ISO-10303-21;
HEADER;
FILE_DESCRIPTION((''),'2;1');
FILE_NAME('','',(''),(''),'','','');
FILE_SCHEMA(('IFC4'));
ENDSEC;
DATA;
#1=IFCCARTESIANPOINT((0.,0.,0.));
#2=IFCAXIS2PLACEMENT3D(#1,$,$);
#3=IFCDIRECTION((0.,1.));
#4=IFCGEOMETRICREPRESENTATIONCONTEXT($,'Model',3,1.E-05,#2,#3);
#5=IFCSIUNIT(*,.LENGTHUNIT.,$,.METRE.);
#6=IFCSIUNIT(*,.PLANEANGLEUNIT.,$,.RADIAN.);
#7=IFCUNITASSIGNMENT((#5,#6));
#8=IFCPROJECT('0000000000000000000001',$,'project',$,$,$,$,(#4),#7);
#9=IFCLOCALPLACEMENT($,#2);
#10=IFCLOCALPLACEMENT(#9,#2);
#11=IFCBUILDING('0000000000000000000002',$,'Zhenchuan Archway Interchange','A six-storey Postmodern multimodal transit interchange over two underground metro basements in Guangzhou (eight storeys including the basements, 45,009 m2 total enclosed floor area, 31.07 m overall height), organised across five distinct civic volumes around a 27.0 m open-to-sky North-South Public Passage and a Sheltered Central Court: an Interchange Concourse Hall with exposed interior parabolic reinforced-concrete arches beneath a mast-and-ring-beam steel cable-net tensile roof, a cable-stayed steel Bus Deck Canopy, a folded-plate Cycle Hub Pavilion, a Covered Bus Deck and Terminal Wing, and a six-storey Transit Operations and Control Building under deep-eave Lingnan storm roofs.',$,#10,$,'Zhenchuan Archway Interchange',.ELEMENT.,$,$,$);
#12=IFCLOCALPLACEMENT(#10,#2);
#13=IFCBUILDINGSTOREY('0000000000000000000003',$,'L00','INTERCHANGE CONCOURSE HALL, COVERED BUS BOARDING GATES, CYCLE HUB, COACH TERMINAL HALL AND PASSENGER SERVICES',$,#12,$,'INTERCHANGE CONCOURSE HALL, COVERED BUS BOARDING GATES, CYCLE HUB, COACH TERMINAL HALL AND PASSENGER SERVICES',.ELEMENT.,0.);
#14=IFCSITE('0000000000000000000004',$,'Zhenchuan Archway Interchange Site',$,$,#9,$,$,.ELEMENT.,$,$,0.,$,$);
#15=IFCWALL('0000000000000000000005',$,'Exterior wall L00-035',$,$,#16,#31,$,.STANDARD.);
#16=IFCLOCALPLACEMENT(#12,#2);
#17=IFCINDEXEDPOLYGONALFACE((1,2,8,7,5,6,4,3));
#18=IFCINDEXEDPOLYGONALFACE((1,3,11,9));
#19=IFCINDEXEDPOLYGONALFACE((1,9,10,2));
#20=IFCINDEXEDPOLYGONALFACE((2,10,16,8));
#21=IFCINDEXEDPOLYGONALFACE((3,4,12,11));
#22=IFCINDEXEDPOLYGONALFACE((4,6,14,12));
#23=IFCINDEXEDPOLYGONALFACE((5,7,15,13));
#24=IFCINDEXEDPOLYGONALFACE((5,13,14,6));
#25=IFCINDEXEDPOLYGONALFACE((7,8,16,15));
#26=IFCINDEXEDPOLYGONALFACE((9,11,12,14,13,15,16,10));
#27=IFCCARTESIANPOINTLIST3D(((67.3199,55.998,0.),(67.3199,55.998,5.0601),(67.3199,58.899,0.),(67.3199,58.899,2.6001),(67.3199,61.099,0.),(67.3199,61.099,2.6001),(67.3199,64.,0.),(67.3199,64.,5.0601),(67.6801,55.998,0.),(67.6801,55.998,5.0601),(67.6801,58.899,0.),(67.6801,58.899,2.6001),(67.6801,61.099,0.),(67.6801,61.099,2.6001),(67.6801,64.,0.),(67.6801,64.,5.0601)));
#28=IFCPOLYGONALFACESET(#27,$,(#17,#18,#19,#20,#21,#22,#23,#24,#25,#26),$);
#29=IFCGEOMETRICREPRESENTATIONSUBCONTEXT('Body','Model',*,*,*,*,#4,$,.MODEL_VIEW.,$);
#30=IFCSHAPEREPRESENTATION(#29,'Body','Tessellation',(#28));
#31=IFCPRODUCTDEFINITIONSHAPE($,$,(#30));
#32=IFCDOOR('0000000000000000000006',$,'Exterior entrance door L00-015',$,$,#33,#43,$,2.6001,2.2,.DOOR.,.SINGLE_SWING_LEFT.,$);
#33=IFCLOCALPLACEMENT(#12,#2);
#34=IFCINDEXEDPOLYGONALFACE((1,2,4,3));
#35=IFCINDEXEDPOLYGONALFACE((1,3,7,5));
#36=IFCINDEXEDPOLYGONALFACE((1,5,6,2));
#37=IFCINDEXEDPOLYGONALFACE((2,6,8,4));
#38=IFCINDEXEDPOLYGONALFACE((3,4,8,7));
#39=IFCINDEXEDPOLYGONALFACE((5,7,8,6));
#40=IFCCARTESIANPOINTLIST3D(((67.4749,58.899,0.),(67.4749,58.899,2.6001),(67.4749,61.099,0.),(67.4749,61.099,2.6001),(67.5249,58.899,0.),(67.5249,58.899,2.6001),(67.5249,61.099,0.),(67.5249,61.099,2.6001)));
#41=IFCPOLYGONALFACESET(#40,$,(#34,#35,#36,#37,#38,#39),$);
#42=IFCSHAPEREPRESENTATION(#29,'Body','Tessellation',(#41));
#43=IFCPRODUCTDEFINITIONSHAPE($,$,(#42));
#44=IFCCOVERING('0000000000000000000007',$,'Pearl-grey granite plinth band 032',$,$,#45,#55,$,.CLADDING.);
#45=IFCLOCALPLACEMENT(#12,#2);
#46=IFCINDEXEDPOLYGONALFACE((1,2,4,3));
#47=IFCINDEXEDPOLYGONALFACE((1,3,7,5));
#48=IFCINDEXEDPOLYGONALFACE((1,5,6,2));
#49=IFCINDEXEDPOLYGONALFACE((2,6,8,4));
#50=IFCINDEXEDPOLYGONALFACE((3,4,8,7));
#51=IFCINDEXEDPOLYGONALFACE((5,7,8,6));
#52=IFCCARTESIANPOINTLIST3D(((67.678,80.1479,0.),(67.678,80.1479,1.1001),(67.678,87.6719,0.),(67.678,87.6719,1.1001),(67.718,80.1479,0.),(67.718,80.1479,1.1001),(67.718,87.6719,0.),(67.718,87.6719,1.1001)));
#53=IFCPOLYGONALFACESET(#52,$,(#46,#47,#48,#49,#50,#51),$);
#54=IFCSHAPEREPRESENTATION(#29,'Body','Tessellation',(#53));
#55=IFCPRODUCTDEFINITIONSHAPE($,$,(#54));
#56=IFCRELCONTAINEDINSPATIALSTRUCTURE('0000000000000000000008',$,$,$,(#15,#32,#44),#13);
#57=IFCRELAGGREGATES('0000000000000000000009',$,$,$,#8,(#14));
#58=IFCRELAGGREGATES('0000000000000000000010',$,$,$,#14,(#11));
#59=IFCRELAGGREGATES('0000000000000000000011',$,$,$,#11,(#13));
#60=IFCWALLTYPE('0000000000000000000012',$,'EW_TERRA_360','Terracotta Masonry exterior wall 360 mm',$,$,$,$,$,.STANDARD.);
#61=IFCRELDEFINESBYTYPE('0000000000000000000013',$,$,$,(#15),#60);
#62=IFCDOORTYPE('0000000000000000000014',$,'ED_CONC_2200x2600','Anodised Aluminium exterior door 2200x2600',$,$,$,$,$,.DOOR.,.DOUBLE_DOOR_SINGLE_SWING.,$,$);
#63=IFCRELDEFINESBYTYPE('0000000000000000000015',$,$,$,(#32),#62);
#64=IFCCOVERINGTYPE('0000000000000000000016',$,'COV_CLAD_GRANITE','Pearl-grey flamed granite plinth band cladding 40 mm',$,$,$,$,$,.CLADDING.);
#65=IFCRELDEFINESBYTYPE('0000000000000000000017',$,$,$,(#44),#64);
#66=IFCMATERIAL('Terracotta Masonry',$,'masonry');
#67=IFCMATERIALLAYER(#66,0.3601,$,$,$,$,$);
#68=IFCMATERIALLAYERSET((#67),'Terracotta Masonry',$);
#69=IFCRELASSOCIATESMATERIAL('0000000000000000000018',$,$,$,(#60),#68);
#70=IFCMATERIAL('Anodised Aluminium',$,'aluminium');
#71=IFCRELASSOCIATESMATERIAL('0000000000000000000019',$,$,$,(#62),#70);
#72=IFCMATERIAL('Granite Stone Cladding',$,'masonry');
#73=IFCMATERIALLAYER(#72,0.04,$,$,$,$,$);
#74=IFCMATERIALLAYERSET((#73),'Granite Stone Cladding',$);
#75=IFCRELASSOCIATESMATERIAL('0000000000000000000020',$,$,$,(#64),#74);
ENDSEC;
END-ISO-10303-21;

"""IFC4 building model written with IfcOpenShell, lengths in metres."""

from ifc_helpers import new_model, si_unit, direction, frame, frame_2d, origin, origin_2d, place, context, subcontext, project, spatial, rectangle, extrude, material, layer, layer_set, type_object, element, fill, save


model = new_model("IFC4")

# Units and contexts
model_context = context("Model", 3, precision=1e-05, world=origin(), true_north=direction((0.0, 1.0)))
body_context = subcontext(model_context, "Body", "Model", "MODEL_VIEW")
ifc_project = project(units=[si_unit("LENGTHUNIT", "METRE"), si_unit("PLANEANGLEUNIT", "RADIAN")], contexts=[model_context])

# Site, building, storey
site_placement = place(None, origin())
site = spatial("IfcSite", under=ifc_project, at=site_placement, Name="Zhenchuan Archway Interchange Site", CompositionType="ELEMENT", RefElevation=0.0)
building_placement = place(site_placement, origin())
building = spatial("IfcBuilding", under=site, at=building_placement, Name="Zhenchuan Archway Interchange", Description="A six-storey Postmodern multimodal transit interchange over two underground metro basements in Guangzhou (eight storeys including the basements, 45,009 m2 total enclosed floor area, 31.07 m overall height), organised across five distinct civic volumes around a 27.0 m open-to-sky North-South Public Passage and a Sheltered Central Court: an Interchange Concourse Hall with exposed interior parabolic reinforced-concrete arches beneath a mast-and-ring-beam steel cable-net tensile roof, a cable-stayed steel Bus Deck Canopy, a folded-plate Cycle Hub Pavilion, a Covered Bus Deck and Terminal Wing, and a six-storey Transit Operations and Control Building under deep-eave Lingnan storm roofs.", LongName="Zhenchuan Archway Interchange", CompositionType="ELEMENT")
storey_placement = place(building_placement, origin())
storey = spatial("IfcBuildingStorey", under=building, at=storey_placement, Name="L00", Description="INTERCHANGE CONCOURSE HALL, COVERED BUS BOARDING GATES, CYCLE HUB, COACH TERMINAL HALL AND PASSENGER SERVICES", LongName="INTERCHANGE CONCOURSE HALL, COVERED BUS BOARDING GATES, CYCLE HUB, COACH TERMINAL HALL AND PASSENGER SERVICES", CompositionType="ELEMENT", Elevation=0.0)

# Shared definitions
ifc_material_1 = material(Name="Terracotta Masonry", Category="masonry")
ifc_layer_1 = layer(ifc_material_1, 0.3601)
ifc_layer_set_1 = layer_set([ifc_layer_1], Name="Terracotta Masonry")
wall_type = type_object("IfcWallType", Name="EW_TERRA_360", Description="Terracotta Masonry exterior wall 360 mm", PredefinedType="STANDARD", material=ifc_layer_set_1)

# Wall, opening, door
ifc_material_2 = material(Name="Anodised Aluminium", Category="aluminium")
door_type = type_object("IfcDoorType", Name="ED_CONC_2200x2600", Description="Anodised Aluminium exterior door 2200x2600", OperationType="DOUBLE_DOOR_SINGLE_SWING", PredefinedType="DOOR", material=ifc_material_2)
wall_1_placement = place(storey_placement, frame((67.5, 64.0, 0.0), z_axis=(0.0, 0.0, 1.0), x_axis=(0.0, -1.0, 0.0)))
wall_1 = element("IfcWall", 1, at=wall_1_placement, inside=storey, type_object=wall_type, Name="Exterior wall L00-035", PredefinedType="STANDARD", context=body_context, shape_type="SweptSolid", body=[
    extrude(rectangle(XDim=8.002, YDim=0.3601, at=frame_2d((4.001, 0.0))), origin(), (0.0, 0.0, 1.0), 5.0601),
])
opening_1_placement = place(wall_1_placement, frame((2.9009, 0.0, 0.0)))
opening_1 = element("IfcOpeningElement", 2, at=opening_1_placement, cuts=wall_1, PredefinedType="OPENING", context=body_context, shape_type="SweptSolid", body=[
    extrude(rectangle(XDim=2.2, YDim=2.6001, at=frame_2d((1.1001, 1.3))), frame((0.0, 0.1919, 0.0), z_axis=(0.0, -1.0, 0.0), x_axis=(1.0, 0.0, 0.0)), (0.0, 0.0, 1.0), 0.384),
])
door_1_placement = place(opening_1_placement, origin())
door_1 = element("IfcDoor", 3, at=door_1_placement, inside=storey, type_object=door_type, Name="Exterior entrance door L00-015", OperationType="SINGLE_SWING_LEFT", OverallHeight=2.6001, OverallWidth=2.2, PredefinedType="DOOR", context=body_context, shape_type="SweptSolid", body=[
    extrude(rectangle(XDim=2.2, YDim=2.6001, at=frame_2d((1.1001, 1.3))), frame((0.0, 0.0249, 0.0), z_axis=(0.0, -1.0, 0.0), x_axis=(1.0, 0.0, 0.0)), (0.0, 0.0, 1.0), 0.05),
])
fill(opening_1, door_1)

# Covering
ifc_material_3 = material(Name="Granite Stone Cladding", Category="masonry")
ifc_layer_2 = layer(ifc_material_3, 0.04)
ifc_layer_set_2 = layer_set([ifc_layer_2], Name="Granite Stone Cladding")
covering_type = type_object("IfcCoveringType", Name="COV_CLAD_GRANITE", Description="Pearl-grey flamed granite plinth band cladding 40 mm", PredefinedType="CLADDING", material=ifc_layer_set_2)
covering_placement = place(storey_placement, frame((67.698, 83.9099, 0.0), z_axis=(0.0, 0.0, 1.0), x_axis=(0.0, -1.0, 0.0)))
element("IfcCovering", 4, at=covering_placement, inside=storey, type_object=covering_type, Name="Pearl-grey granite plinth band 032", PredefinedType="CLADDING", context=body_context, shape_type="SweptSolid", body=[
    extrude(rectangle(XDim=7.5239, YDim=0.04, at=origin_2d()), origin(), (0.0, 0.0, 1.0), 1.1001),
])

save(model, "model.ifc")
